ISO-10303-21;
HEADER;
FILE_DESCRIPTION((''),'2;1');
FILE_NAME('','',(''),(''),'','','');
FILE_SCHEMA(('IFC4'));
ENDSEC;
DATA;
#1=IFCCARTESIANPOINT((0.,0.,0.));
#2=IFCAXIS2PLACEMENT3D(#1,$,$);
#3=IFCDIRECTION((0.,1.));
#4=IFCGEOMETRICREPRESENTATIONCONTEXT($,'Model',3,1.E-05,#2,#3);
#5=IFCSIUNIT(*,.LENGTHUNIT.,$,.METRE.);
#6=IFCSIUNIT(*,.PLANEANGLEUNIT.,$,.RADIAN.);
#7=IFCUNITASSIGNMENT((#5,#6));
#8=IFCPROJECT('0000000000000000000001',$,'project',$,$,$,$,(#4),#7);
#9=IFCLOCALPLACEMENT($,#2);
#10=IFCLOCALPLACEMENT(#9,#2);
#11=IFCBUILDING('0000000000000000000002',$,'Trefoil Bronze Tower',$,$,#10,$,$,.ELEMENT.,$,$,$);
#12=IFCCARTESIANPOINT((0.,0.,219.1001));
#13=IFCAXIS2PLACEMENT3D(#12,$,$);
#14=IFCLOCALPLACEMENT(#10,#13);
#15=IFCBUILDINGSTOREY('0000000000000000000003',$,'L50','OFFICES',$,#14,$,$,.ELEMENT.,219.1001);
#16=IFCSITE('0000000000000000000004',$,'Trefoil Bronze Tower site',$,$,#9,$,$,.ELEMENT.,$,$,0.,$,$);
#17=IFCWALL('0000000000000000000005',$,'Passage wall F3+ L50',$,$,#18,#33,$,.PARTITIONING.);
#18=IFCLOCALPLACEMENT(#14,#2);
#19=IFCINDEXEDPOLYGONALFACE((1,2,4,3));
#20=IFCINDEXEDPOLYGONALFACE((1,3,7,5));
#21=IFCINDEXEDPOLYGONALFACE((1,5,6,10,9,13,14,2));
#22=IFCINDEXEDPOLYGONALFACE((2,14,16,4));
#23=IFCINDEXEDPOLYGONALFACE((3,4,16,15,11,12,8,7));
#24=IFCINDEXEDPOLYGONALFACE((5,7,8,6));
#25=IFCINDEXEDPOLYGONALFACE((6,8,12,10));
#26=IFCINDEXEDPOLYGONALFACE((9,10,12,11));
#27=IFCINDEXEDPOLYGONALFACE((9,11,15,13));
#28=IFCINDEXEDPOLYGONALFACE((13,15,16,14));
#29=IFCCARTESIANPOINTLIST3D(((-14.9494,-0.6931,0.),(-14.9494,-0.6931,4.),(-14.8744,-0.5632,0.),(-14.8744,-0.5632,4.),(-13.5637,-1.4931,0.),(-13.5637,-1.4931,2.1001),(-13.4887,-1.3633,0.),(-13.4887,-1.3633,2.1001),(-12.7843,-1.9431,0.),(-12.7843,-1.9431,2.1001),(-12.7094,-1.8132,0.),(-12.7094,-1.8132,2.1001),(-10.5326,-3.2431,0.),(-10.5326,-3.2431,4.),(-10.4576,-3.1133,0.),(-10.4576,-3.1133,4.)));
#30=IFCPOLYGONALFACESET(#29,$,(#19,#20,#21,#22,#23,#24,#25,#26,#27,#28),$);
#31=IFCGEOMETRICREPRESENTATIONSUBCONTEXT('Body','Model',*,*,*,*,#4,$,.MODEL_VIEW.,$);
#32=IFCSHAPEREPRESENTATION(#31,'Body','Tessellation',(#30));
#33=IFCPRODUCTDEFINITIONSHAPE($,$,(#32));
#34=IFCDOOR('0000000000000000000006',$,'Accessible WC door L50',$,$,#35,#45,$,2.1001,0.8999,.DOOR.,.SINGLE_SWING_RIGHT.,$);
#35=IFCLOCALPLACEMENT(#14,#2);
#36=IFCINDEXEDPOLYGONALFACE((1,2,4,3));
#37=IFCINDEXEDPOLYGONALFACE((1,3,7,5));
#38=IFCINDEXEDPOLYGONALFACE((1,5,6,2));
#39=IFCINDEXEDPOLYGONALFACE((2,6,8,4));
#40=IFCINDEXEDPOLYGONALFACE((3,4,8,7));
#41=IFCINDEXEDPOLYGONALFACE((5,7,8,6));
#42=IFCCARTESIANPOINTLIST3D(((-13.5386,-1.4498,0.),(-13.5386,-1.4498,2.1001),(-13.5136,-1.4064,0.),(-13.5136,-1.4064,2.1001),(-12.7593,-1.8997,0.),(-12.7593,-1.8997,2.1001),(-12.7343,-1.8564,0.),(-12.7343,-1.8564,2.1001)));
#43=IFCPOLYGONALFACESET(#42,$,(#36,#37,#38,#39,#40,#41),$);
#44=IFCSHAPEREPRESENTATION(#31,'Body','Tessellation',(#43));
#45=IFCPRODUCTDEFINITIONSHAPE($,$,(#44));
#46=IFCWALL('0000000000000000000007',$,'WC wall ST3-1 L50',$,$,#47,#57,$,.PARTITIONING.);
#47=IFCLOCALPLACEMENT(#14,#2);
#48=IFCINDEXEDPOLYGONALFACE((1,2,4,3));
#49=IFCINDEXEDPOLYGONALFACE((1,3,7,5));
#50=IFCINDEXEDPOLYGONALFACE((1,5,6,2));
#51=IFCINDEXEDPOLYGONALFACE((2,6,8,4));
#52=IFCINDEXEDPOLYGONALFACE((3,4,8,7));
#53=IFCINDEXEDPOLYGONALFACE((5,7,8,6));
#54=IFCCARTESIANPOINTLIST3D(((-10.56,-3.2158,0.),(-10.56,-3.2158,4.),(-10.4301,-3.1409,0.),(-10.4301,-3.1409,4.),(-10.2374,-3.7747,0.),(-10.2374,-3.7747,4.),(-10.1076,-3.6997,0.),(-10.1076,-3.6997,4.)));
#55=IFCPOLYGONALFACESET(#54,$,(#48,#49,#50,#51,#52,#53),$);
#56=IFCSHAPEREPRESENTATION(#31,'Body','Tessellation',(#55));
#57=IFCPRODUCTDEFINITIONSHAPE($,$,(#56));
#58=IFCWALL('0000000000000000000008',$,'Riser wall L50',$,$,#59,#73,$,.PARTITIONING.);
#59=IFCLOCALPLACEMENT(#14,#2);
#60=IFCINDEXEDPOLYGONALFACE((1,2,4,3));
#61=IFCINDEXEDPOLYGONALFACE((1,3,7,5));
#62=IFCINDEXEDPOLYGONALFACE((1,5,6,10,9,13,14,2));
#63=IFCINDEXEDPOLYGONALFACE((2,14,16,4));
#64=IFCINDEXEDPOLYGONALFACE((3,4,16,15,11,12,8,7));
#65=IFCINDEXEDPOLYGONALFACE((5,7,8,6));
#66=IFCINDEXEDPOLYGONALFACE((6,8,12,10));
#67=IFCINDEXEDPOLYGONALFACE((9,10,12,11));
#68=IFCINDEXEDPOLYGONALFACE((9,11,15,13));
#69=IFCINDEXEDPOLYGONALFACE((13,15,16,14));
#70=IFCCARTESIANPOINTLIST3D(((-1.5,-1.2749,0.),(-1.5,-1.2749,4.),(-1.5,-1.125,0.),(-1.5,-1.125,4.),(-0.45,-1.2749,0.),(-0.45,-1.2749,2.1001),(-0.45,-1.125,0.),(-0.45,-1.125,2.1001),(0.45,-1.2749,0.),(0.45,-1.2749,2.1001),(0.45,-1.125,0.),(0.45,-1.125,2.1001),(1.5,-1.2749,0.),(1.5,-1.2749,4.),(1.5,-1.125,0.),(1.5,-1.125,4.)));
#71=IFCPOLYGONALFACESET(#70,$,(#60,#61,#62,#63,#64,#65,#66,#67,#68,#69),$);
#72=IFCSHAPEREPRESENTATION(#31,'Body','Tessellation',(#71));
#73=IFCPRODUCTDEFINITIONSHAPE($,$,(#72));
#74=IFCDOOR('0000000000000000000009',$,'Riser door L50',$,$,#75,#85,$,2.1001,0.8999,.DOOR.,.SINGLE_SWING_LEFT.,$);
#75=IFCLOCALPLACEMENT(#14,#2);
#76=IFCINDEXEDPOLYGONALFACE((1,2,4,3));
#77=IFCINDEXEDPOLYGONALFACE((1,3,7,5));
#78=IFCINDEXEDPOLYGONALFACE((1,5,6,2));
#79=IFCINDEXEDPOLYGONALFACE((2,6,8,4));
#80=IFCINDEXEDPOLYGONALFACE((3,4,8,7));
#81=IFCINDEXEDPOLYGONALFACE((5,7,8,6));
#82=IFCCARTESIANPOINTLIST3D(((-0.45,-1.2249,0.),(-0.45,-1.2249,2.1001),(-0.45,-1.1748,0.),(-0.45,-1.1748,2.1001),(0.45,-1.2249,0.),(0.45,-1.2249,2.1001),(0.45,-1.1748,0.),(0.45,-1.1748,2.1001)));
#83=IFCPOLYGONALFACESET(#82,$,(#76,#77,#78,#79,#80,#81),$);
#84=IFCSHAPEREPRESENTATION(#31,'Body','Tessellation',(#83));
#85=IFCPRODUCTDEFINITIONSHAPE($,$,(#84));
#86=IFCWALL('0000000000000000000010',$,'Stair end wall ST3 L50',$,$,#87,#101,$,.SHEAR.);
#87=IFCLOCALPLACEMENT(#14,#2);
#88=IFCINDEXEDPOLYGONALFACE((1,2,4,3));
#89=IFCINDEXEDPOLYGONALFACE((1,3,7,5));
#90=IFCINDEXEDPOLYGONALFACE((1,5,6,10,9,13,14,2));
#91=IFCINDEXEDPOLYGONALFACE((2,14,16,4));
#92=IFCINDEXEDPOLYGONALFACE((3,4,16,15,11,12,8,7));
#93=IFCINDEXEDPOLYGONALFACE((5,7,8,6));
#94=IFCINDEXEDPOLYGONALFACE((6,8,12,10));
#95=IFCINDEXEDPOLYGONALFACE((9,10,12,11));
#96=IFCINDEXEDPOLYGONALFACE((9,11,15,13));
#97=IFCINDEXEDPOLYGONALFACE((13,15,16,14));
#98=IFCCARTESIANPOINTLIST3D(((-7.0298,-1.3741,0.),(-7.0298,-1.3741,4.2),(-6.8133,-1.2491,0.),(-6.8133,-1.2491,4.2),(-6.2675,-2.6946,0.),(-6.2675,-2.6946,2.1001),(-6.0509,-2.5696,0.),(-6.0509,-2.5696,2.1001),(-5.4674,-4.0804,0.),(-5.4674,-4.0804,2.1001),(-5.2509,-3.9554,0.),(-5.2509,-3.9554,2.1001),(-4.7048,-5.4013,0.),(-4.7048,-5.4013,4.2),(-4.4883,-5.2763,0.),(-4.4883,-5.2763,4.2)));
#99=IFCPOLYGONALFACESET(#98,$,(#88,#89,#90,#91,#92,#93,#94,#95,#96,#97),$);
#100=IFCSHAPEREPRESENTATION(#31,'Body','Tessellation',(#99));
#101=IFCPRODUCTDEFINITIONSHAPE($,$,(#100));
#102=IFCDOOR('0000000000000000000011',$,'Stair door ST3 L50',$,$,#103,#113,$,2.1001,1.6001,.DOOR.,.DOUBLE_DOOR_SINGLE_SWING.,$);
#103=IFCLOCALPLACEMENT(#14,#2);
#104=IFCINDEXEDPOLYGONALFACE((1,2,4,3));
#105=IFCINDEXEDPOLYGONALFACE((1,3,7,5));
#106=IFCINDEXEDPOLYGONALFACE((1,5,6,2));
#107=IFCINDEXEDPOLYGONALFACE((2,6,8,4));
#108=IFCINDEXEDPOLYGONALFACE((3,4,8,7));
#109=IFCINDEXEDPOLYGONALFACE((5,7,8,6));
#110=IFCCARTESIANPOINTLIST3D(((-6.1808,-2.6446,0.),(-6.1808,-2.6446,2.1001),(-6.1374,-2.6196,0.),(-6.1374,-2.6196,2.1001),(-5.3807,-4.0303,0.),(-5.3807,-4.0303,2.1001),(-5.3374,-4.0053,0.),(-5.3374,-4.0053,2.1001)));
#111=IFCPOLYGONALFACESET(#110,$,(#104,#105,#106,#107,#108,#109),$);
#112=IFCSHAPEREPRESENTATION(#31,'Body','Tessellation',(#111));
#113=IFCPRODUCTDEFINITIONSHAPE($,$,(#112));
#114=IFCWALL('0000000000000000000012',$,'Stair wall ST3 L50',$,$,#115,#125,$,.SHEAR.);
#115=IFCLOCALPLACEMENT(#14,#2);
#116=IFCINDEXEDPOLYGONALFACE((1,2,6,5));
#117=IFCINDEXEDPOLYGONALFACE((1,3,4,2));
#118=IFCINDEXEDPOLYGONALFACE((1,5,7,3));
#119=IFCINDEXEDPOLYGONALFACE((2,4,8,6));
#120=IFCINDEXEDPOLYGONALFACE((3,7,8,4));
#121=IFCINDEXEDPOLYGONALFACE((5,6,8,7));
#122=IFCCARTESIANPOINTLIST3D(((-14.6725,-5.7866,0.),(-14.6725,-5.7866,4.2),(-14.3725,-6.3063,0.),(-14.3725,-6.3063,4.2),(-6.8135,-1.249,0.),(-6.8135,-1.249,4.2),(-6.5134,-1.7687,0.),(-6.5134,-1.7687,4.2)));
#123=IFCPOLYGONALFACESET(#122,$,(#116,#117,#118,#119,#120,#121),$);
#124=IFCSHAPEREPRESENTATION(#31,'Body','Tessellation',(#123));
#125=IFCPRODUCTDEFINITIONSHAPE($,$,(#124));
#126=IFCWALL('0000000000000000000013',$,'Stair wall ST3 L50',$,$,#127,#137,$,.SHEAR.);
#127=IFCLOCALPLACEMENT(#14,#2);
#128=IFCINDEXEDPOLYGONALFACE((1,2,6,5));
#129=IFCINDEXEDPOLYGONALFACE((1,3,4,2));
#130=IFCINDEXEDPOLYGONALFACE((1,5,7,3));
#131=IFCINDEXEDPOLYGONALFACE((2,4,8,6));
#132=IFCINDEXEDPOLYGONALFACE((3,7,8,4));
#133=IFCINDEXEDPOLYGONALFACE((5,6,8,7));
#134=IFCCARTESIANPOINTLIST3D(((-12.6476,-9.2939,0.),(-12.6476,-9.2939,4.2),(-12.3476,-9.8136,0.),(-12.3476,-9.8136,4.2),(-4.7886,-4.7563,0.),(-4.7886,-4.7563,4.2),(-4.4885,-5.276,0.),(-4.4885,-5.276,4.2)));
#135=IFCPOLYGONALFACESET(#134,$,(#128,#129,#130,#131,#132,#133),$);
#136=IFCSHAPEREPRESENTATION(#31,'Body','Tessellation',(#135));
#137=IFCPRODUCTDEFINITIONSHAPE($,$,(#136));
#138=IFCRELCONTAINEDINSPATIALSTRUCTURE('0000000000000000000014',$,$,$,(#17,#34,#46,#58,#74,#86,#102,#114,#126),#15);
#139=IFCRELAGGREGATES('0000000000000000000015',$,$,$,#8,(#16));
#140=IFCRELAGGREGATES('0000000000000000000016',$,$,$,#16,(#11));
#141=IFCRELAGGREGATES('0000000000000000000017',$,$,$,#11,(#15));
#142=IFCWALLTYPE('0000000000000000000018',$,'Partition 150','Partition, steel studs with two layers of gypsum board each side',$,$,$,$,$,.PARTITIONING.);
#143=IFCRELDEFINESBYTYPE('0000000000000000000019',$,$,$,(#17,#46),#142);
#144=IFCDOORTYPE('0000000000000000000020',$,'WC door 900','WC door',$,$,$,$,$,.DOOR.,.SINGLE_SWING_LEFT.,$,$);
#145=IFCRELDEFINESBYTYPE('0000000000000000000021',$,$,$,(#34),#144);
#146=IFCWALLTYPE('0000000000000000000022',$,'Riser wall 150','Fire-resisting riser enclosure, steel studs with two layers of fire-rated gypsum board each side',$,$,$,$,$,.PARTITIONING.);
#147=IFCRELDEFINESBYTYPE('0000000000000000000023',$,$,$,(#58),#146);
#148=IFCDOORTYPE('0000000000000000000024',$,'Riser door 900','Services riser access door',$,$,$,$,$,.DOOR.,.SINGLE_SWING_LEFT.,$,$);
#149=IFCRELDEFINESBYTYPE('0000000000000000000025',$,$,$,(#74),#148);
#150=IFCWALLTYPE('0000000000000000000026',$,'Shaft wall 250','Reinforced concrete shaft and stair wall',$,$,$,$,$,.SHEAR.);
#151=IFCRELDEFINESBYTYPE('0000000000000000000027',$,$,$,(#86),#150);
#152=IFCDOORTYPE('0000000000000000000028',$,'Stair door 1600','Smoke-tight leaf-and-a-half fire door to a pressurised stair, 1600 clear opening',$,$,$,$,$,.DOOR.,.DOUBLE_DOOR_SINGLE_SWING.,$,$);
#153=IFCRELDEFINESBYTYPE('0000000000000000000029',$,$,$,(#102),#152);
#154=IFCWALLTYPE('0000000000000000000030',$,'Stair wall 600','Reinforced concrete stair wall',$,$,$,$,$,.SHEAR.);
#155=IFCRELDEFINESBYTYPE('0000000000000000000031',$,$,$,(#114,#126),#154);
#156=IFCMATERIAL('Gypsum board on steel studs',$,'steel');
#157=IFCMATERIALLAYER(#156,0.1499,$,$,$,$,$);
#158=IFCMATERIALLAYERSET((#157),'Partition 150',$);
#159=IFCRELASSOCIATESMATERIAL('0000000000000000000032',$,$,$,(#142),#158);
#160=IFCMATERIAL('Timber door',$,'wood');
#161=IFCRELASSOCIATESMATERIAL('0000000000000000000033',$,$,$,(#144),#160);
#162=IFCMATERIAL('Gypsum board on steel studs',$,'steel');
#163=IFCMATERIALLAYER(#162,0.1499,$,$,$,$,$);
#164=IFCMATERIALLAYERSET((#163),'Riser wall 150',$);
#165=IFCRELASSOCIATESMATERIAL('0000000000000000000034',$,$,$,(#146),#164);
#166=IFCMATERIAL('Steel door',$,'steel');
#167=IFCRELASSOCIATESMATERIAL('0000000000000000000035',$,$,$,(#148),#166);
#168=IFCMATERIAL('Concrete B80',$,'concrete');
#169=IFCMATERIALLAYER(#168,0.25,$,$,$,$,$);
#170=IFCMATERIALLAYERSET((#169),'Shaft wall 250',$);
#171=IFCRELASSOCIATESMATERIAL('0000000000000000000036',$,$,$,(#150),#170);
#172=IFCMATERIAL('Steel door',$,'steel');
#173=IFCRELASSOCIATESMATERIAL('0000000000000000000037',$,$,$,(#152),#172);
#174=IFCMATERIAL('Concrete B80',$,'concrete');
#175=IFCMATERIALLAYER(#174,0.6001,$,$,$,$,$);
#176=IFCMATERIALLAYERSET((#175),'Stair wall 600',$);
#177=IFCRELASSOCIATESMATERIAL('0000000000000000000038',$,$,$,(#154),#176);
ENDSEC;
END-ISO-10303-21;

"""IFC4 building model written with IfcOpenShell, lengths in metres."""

from ifc_helpers import new_model, si_unit, direction, frame, frame_2d, origin, place, context, subcontext, project, spatial, rectangle, extrude, material, layer, layer_set, type_object, element, fill, save


model = new_model("IFC4")

# Units and contexts
model_context = context("Model", 3, precision=1e-05, world=origin(), true_north=direction((0.0, 1.0)))
body_context = subcontext(model_context, "Body", "Model", "MODEL_VIEW")
ifc_project = project(units=[si_unit("LENGTHUNIT", "METRE"), si_unit("PLANEANGLEUNIT", "RADIAN")], contexts=[model_context])

# Site, building, storey
site_placement = place(None, origin())
site = spatial("IfcSite", under=ifc_project, at=site_placement, Name="Trefoil Bronze Tower site", CompositionType="ELEMENT", RefElevation=0.0)
building_placement = place(site_placement, origin())
building = spatial("IfcBuilding", under=site, at=building_placement, Name="Trefoil Bronze Tower", CompositionType="ELEMENT")
storey_placement = place(building_placement, frame((0.0, 0.0, 219.1001)))
storey = spatial("IfcBuildingStorey", under=building, at=storey_placement, Name="L50", Description="OFFICES", CompositionType="ELEMENT", Elevation=219.1001)

# Wall, opening, door
ifc_material_1 = material(Name="Gypsum board on steel studs", Category="steel")
ifc_layer_1 = layer(ifc_material_1, 0.1499)
ifc_layer_set_1 = layer_set([ifc_layer_1], Name="Partition 150")
wall_type_1 = type_object("IfcWallType", Name="Partition 150", Description="Partition, steel studs with two layers of gypsum board each side", PredefinedType="PARTITIONING", material=ifc_layer_set_1)
wall_1_placement = place(storey_placement, frame((-10.4951, -3.1782, 0.0), z_axis=(0.0, 0.0, 1.0), x_axis=(-0.866022, 0.500006, 0.0)))
wall_1 = element("IfcWall", 1, at=wall_1_placement, inside=storey, type_object=wall_type_1, Name="Passage wall F3+ L50", PredefinedType="PARTITIONING", context=body_context, shape_type="SweptSolid", body=[
    extrude(rectangle(XDim=5.1001, YDim=0.1499, at=frame_2d((2.55, 0.0))), origin(), (0.0, 0.0, 1.0), 4.0),
])
opening_1_placement = place(wall_1_placement, frame((2.6001, 0.0, 0.0)))
opening_1 = element("IfcOpeningElement", 2, at=opening_1_placement, cuts=wall_1, PredefinedType="OPENING", context=body_context, shape_type="SweptSolid", body=[
    extrude(rectangle(XDim=0.8999, YDim=2.1001, at=frame_2d((0.45, 1.05))), frame((0.0, 0.085, 0.0), z_axis=(0.0, -1.0, 0.0), x_axis=(1.0, 0.0, 0.0)), (0.0, 0.0, 1.0), 0.1699),
])
ifc_material_2 = material(Name="Timber door", Category="wood")
door_type_1 = type_object("IfcDoorType", Name="WC door 900", Description="WC door", OperationType="SINGLE_SWING_LEFT", PredefinedType="DOOR", material=ifc_material_2)
door_1_placement = place(opening_1_placement, origin())
door_1 = element("IfcDoor", 3, at=door_1_placement, inside=storey, type_object=door_type_1, Name="Accessible WC door L50", OperationType="SINGLE_SWING_RIGHT", OverallHeight=2.1001, OverallWidth=0.8999, PredefinedType="DOOR", context=body_context, shape_type="SweptSolid", body=[
    extrude(rectangle(XDim=0.8999, YDim=2.1001, at=frame_2d((0.45, 1.05))), frame((0.0, 0.0249, 0.0), z_axis=(0.0, -1.0, 0.0), x_axis=(1.0, 0.0, 0.0)), (0.0, 0.0, 1.0), 0.05),
])
fill(opening_1, door_1)

# Wall
wall_2_placement = place(storey_placement, frame((-10.4951, -3.1782, 0.0), z_axis=(0.0, 0.0, 1.0), x_axis=(0.499843, -0.866116, 0.0)))
element("IfcWall", 4, at=wall_2_placement, inside=storey, type_object=wall_type_1, Name="WC wall ST3-1 L50", PredefinedType="PARTITIONING", context=body_context, shape_type="SweptSolid", body=[
    extrude(rectangle(XDim=0.6453, YDim=0.1499, at=frame_2d((0.3228, 0.0))), origin(), (0.0, 0.0, 1.0), 4.0),
])

# Walls, openings, doors
ifc_material_3 = material(Name="Gypsum board on steel studs", Category="steel")
ifc_layer_2 = layer(ifc_material_3, 0.1499)
ifc_layer_set_2 = layer_set([ifc_layer_2], Name="Riser wall 150")
wall_type_2 = type_object("IfcWallType", Name="Riser wall 150", Description="Fire-resisting riser enclosure, steel studs with two layers of fire-rated gypsum board each side", PredefinedType="PARTITIONING", material=ifc_layer_set_2)
wall_3_placement = place(storey_placement, frame((-1.5, -1.2, 0.0), z_axis=(0.0, 0.0, 1.0), x_axis=(1.0, 0.0, 0.0)))
wall_3 = element("IfcWall", 5, at=wall_3_placement, inside=storey, type_object=wall_type_2, Name="Riser wall L50", PredefinedType="PARTITIONING", context=body_context, shape_type="SweptSolid", body=[
    extrude(rectangle(XDim=3.0, YDim=0.1499, at=frame_2d((1.5, 0.0))), origin(), (0.0, 0.0, 1.0), 4.0),
])
opening_2_placement = place(wall_3_placement, frame((1.05, 0.0, 0.0)))
opening_2 = element("IfcOpeningElement", 6, at=opening_2_placement, cuts=wall_3, PredefinedType="OPENING", context=body_context, shape_type="SweptSolid", body=[
    extrude(rectangle(XDim=0.8999, YDim=2.1001, at=frame_2d((0.45, 1.05))), frame((0.0, 0.085, 0.0), z_axis=(0.0, -1.0, 0.0), x_axis=(1.0, 0.0, 0.0)), (0.0, 0.0, 1.0), 0.1699),
])
ifc_material_4 = material(Name="Steel door", Category="steel")
door_type_2 = type_object("IfcDoorType", Name="Riser door 900", Description="Services riser access door", OperationType="SINGLE_SWING_LEFT", PredefinedType="DOOR", material=ifc_material_4)
door_2_placement = place(opening_2_placement, frame((0.8999, 0.0, 0.0), z_axis=(0.0, 0.0, 1.0), x_axis=(-1.0, 0.0, 0.0)))
door_2 = element("IfcDoor", 7, at=door_2_placement, inside=storey, type_object=door_type_2, Name="Riser door L50", OperationType="SINGLE_SWING_LEFT", OverallHeight=2.1001, OverallWidth=0.8999, PredefinedType="DOOR", context=body_context, shape_type="SweptSolid", body=[
    extrude(rectangle(XDim=0.8999, YDim=2.1001, at=frame_2d((0.45, 1.05))), frame((0.0, 0.0249, 0.0), z_axis=(0.0, -1.0, 0.0), x_axis=(1.0, 0.0, 0.0)), (0.0, 0.0, 1.0), 0.05),
])
fill(opening_2, door_2)
ifc_material_5 = material(Name="Concrete B80", Category="concrete")
ifc_layer_3 = layer(ifc_material_5, 0.25)
ifc_layer_set_3 = layer_set([ifc_layer_3], Name="Shaft wall 250")
wall_type_3 = type_object("IfcWallType", Name="Shaft wall 250", Description="Reinforced concrete shaft and stair wall", PredefinedType="SHEAR", material=ifc_layer_set_3)
wall_4_placement = place(storey_placement, frame((-6.9216, -1.3115, 0.0), z_axis=(0.0, 0.0, 1.0), x_axis=(0.499985, -0.866034, 0.0)))
wall_4 = element("IfcWall", 8, at=wall_4_placement, inside=storey, type_object=wall_type_3, Name="Stair end wall ST3 L50", PredefinedType="SHEAR", context=body_context, shape_type="SweptSolid", body=[
    extrude(rectangle(XDim=4.6501, YDim=0.25, at=frame_2d((2.3252, 0.0))), origin(), (0.0, 0.0, 1.0), 4.2),
])
opening_3_placement = place(wall_4_placement, frame((1.5249, 0.0, 0.0)))
opening_3 = element("IfcOpeningElement", 9, at=opening_3_placement, cuts=wall_4, PredefinedType="OPENING", context=body_context, shape_type="SweptSolid", body=[
    extrude(rectangle(XDim=1.6001, YDim=2.1001, at=frame_2d((0.8, 1.05))), frame((0.0, 0.135, 0.0), z_axis=(0.0, -1.0, 0.0), x_axis=(1.0, 0.0, 0.0)), (0.0, 0.0, 1.0), 0.27),
])
ifc_material_6 = material(Name="Steel door", Category="steel")
door_type_3 = type_object("IfcDoorType", Name="Stair door 1600", Description="Smoke-tight leaf-and-a-half fire door to a pressurised stair, 1600 clear opening", OperationType="DOUBLE_DOOR_SINGLE_SWING", PredefinedType="DOOR", material=ifc_material_6)
door_3_placement = place(opening_3_placement, frame((1.6001, 0.0, 0.0), z_axis=(0.0, 0.0, 1.0), x_axis=(-1.0, 0.0, 0.0)))
door_3 = element("IfcDoor", 10, at=door_3_placement, inside=storey, type_object=door_type_3, Name="Stair door ST3 L50", OperationType="DOUBLE_DOOR_SINGLE_SWING", OverallHeight=2.1001, OverallWidth=1.6001, PredefinedType="DOOR", context=body_context, shape_type="SweptSolid", body=[
    extrude(rectangle(XDim=1.6001, YDim=2.1001, at=frame_2d((0.8, 1.05))), frame((0.0, 0.0249, 0.0), z_axis=(0.0, -1.0, 0.0), x_axis=(1.0, 0.0, 0.0)), (0.0, 0.0, 1.0), 0.05),
])
fill(opening_3, door_3)

# Walls
ifc_material_7 = material(Name="Concrete B80", Category="concrete")
ifc_layer_4 = layer(ifc_material_7, 0.6001)
ifc_layer_set_4 = layer_set([ifc_layer_4], Name="Stair wall 600")
wall_type_4 = type_object("IfcWallType", Name="Stair wall 600", Description="Reinforced concrete stair wall", PredefinedType="SHEAR", material=ifc_layer_set_4)
for number, where, z_axis, x_axis, name in (
    (11, (-6.6633, -1.5088, 0.0), (0.0, 0.0, 1.0), (-0.866019, -0.50001, 0.0), "Stair wall ST3 L50"),
    (12, (-4.6384, -5.0161, 0.0), (0.0, 0.0, 1.0), (-0.866019, -0.50001, 0.0), "Stair wall ST3 L50"),
):
    element("IfcWall", number, at=place(storey_placement, frame(where, z_axis=z_axis, x_axis=x_axis)), inside=storey, type_object=wall_type_4, Name=name, PredefinedType="SHEAR", context=body_context, shape_type="SweptSolid", body=[
        extrude(rectangle(XDim=9.075, YDim=0.6001, at=frame_2d((4.5376, 0.0))), origin(), (0.0, 0.0, 1.0), 4.2),
    ])

save(model, "model.ifc")
